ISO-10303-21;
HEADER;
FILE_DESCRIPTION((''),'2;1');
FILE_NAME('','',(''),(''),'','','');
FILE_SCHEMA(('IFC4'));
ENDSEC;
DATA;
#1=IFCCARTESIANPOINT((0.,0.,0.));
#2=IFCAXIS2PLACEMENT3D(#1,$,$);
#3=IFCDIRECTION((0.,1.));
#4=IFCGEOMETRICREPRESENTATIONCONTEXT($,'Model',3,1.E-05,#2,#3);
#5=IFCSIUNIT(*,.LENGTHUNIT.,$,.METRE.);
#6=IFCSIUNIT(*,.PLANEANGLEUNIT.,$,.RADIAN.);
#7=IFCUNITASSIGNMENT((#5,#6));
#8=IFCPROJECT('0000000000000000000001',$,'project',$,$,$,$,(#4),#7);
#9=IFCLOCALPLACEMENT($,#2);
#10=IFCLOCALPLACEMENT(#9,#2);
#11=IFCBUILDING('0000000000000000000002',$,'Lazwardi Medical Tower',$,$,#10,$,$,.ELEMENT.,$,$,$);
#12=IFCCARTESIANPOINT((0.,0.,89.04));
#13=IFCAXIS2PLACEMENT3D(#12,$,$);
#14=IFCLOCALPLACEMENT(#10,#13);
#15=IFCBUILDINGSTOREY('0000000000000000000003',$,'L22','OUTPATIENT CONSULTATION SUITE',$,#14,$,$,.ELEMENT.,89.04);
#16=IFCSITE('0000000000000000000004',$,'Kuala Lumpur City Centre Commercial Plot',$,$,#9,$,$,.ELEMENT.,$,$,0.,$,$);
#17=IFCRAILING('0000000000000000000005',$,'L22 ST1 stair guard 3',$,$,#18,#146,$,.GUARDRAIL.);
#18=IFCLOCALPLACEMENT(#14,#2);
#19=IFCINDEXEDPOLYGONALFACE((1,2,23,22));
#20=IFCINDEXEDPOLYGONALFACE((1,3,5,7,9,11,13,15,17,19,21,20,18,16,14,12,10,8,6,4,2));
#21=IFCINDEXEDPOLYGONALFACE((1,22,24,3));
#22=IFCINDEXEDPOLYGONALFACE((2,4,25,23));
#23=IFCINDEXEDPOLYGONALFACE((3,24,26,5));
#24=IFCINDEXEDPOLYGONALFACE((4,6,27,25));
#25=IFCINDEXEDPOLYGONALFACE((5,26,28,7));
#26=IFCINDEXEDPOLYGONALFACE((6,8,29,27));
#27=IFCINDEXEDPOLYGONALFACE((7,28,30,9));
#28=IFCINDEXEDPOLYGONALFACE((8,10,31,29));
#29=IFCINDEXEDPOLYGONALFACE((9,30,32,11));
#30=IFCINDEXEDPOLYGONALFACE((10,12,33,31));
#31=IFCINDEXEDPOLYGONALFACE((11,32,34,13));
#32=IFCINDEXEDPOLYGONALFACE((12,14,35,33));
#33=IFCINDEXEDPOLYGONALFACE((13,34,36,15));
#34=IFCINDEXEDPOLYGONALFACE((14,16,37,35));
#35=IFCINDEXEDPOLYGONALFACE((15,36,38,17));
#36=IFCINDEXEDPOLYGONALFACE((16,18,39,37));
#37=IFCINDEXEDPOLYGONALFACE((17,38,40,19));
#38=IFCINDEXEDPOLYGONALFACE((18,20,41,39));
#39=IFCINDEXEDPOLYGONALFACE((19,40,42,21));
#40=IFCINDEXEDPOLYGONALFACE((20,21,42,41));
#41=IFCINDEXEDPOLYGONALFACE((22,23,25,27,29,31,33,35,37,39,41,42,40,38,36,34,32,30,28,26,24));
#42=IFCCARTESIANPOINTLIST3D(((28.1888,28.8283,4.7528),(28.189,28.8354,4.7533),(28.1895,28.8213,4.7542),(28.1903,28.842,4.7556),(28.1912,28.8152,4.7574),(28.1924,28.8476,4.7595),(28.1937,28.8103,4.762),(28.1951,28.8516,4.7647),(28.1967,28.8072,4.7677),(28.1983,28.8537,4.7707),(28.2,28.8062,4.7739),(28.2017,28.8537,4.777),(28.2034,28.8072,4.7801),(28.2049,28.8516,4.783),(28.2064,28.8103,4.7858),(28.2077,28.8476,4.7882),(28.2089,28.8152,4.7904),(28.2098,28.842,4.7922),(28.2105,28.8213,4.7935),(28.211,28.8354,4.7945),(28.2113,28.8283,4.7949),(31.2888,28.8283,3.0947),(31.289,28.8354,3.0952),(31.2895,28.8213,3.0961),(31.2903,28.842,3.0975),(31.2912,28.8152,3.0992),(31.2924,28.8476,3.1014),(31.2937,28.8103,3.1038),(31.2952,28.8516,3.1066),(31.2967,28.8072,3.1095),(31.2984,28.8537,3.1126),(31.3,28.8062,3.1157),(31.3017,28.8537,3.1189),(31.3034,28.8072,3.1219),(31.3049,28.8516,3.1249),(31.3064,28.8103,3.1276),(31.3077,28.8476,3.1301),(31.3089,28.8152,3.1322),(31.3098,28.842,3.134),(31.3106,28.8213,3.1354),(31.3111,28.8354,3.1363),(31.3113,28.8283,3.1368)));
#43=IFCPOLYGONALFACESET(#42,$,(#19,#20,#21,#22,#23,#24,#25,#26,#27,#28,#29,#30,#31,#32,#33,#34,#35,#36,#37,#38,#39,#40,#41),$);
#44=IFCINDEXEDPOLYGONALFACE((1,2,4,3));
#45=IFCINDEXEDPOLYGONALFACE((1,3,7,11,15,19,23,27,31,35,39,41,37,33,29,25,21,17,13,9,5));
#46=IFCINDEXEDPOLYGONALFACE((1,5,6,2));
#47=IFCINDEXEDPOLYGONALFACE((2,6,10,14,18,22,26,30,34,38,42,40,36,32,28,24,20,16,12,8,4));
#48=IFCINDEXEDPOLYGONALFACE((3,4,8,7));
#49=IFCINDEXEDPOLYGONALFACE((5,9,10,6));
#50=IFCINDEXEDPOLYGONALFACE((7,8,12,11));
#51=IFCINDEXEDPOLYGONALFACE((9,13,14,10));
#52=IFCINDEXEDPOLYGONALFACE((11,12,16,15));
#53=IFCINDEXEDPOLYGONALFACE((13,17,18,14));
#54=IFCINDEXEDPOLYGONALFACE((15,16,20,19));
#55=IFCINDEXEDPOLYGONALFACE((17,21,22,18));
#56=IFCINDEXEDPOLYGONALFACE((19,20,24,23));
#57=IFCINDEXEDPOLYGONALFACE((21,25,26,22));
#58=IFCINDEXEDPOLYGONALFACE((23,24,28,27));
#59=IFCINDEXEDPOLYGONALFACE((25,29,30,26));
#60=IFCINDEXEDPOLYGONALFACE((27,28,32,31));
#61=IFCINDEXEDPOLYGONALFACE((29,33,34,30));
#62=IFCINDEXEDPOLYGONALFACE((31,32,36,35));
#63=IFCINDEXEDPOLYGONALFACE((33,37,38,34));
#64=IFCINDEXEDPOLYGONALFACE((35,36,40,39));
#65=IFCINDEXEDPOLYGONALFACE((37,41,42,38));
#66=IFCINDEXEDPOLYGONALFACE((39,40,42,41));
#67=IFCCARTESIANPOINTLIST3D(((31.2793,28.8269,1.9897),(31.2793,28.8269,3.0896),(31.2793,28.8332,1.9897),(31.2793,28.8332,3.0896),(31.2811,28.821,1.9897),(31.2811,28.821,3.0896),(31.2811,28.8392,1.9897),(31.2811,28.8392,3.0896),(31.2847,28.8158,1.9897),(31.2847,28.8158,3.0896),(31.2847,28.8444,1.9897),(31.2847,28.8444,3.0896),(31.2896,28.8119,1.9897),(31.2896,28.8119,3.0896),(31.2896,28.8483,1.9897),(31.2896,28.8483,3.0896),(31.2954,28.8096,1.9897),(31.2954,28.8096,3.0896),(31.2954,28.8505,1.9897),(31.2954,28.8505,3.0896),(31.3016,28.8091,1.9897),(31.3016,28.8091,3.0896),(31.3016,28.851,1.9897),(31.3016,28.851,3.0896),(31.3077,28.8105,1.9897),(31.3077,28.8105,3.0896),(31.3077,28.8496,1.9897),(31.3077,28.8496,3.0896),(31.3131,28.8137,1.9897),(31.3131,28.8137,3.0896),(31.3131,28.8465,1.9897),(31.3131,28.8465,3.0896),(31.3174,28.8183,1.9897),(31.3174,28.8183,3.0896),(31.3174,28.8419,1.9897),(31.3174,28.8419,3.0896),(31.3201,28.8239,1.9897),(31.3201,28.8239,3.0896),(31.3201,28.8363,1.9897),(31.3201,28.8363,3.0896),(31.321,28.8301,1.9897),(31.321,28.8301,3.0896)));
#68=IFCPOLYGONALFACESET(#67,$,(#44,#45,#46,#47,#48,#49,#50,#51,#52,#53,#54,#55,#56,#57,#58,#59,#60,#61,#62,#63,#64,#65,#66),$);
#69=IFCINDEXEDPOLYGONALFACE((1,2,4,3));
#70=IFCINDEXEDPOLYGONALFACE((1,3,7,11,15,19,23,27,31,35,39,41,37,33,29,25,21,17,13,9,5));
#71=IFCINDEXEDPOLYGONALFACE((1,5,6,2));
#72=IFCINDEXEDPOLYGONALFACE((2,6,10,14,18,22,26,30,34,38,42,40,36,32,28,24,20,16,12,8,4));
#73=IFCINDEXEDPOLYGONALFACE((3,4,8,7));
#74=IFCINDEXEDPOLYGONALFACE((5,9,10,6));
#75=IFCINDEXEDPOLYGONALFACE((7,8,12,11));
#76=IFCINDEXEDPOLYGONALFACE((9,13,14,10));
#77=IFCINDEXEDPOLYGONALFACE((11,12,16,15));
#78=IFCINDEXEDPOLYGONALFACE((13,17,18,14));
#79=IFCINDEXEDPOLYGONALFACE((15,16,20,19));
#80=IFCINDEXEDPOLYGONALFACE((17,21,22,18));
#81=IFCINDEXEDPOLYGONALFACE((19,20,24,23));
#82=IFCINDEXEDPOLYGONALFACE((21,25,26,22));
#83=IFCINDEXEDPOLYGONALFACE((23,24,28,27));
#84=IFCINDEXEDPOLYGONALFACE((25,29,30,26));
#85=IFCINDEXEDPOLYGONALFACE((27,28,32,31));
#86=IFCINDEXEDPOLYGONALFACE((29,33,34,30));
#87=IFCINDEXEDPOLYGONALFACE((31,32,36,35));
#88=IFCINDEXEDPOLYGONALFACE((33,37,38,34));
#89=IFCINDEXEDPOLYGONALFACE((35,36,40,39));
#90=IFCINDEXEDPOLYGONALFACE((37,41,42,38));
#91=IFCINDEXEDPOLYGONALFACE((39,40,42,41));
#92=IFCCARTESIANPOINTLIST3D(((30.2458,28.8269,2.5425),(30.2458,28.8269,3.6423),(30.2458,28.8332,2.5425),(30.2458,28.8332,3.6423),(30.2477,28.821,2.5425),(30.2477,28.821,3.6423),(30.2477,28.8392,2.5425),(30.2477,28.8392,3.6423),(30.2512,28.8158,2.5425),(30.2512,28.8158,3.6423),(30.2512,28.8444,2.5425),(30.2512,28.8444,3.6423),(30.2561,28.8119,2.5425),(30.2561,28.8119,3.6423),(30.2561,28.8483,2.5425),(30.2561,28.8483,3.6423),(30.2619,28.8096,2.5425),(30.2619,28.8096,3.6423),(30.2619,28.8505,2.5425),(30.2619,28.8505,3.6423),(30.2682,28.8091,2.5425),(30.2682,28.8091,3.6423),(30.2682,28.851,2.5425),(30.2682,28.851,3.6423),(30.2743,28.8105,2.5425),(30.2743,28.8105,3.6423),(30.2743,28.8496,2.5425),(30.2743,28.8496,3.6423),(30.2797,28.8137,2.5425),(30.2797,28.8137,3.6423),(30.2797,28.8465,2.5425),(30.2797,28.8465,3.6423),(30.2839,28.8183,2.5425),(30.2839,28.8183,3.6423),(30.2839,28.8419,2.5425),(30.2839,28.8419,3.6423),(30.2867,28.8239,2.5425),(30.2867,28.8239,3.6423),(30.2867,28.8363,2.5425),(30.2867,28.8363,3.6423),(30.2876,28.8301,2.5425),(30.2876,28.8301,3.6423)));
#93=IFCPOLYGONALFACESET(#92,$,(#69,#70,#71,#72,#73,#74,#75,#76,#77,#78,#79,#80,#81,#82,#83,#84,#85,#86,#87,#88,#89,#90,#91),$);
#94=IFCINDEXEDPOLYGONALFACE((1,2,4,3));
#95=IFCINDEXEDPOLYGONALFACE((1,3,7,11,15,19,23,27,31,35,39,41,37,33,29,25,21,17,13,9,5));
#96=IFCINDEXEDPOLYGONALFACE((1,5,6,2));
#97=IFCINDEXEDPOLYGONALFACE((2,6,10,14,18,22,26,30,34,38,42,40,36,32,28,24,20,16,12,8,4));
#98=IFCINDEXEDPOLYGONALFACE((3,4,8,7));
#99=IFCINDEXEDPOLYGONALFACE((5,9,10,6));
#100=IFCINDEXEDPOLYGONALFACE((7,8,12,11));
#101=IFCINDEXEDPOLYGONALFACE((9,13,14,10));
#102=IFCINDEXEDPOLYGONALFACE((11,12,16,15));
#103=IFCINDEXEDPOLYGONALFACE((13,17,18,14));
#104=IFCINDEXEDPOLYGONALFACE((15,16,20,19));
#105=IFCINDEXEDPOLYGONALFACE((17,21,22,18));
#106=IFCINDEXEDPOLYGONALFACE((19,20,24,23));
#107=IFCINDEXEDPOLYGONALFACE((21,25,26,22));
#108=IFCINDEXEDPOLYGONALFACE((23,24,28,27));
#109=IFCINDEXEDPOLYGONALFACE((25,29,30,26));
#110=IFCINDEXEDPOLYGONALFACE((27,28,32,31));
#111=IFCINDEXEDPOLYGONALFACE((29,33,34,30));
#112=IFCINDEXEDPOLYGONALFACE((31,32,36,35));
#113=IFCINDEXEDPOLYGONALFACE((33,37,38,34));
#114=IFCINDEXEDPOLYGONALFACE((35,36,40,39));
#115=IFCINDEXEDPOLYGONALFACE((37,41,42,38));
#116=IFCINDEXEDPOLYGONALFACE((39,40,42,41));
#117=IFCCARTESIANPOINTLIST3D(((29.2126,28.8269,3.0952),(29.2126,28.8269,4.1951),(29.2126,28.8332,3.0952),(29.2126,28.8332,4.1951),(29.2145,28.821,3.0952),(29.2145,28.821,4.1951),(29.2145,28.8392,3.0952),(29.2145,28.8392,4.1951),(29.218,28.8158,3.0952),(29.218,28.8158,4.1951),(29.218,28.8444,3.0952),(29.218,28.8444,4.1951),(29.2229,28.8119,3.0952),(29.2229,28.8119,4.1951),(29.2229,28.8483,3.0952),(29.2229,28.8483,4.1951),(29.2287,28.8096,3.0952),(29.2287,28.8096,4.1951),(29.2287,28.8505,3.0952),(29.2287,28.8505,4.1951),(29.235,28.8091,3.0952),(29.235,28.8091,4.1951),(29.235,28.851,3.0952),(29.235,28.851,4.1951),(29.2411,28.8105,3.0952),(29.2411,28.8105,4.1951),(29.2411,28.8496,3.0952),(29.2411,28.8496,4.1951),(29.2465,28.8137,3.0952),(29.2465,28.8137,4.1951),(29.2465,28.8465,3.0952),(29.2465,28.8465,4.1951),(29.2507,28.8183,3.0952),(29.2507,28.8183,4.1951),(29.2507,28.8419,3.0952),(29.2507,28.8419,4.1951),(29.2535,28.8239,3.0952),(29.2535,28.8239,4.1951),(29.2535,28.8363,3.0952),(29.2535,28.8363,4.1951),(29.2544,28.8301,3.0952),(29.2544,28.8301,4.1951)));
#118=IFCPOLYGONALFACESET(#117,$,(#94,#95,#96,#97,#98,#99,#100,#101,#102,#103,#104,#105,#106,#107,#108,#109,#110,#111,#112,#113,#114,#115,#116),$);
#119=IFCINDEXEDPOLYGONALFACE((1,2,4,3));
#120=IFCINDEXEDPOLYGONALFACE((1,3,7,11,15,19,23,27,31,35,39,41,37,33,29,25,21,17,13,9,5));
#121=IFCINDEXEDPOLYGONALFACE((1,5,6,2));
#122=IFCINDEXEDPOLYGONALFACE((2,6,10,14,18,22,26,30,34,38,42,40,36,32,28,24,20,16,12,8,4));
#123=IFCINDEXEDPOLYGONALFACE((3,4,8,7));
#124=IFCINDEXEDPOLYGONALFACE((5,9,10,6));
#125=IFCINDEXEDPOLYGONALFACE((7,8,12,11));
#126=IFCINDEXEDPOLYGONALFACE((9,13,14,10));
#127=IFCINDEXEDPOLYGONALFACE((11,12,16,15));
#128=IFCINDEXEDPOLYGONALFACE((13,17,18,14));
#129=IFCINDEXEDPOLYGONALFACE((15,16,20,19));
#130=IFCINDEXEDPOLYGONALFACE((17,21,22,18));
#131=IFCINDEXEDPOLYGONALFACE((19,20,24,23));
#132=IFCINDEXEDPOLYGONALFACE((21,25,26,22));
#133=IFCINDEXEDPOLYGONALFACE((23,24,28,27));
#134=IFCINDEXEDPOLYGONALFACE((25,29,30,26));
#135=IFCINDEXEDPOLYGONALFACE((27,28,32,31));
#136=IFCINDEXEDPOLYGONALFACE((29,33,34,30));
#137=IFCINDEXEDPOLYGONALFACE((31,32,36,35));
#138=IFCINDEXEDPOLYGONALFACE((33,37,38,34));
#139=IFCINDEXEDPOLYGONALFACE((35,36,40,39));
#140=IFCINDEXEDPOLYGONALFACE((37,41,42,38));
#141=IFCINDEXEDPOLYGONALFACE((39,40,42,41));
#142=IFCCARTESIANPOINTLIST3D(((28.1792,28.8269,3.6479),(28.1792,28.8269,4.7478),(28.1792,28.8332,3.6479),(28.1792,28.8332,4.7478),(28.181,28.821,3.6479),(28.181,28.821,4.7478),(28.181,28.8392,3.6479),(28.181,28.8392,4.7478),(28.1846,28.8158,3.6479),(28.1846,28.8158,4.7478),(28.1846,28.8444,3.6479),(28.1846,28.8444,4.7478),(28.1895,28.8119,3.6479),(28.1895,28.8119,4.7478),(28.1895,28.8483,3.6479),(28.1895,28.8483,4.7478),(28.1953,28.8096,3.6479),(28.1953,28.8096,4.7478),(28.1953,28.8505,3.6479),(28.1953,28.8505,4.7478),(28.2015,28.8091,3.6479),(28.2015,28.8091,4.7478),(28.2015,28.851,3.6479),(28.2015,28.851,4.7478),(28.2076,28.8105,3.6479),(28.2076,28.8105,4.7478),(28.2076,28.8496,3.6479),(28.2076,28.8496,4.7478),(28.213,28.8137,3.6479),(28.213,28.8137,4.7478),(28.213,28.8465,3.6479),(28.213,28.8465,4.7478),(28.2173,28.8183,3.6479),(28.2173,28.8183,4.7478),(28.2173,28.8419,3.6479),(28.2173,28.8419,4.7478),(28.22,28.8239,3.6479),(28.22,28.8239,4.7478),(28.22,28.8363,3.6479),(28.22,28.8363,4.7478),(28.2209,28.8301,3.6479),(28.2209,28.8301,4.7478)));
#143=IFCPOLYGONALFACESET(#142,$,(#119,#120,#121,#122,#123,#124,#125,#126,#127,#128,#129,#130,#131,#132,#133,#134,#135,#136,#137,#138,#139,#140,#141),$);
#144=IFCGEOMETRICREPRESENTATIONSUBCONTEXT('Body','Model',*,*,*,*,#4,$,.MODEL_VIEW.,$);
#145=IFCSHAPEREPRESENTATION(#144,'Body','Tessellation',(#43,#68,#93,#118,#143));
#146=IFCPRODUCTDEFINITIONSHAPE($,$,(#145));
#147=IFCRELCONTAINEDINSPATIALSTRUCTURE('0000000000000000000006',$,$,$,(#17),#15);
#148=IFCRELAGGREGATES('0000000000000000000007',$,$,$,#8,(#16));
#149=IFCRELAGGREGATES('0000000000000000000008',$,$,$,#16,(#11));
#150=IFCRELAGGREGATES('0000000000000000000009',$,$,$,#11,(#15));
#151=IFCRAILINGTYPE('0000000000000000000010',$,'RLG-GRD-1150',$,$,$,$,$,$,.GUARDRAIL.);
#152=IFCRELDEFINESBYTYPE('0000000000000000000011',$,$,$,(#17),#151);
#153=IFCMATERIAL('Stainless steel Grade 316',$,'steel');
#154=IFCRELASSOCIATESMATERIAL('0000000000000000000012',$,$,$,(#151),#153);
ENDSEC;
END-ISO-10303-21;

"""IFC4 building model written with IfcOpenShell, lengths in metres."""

from ifc_helpers import new_model, si_unit, direction, frame, origin, origin_2d, place, context, subcontext, project, spatial, circle, extrude, material, type_object, element, save


model = new_model("IFC4")

# Units and contexts
model_context = context("Model", 3, precision=1e-05, world=origin(), true_north=direction((0.0, 1.0)))
body_context = subcontext(model_context, "Body", "Model", "MODEL_VIEW")
ifc_project = project(units=[si_unit("LENGTHUNIT", "METRE"), si_unit("PLANEANGLEUNIT", "RADIAN")], contexts=[model_context])

# Site, building, storey
site_placement = place(None, origin())
site = spatial("IfcSite", under=ifc_project, at=site_placement, Name="Kuala Lumpur City Centre Commercial Plot", CompositionType="ELEMENT", RefElevation=0.0)
building_placement = place(site_placement, origin())
building = spatial("IfcBuilding", under=site, at=building_placement, Name="Lazwardi Medical Tower", CompositionType="ELEMENT")
storey_placement = place(building_placement, frame((0.0, 0.0, 89.04)))
storey = spatial("IfcBuildingStorey", under=building, at=storey_placement, Name="L22", Description="OUTPATIENT CONSULTATION SUITE", CompositionType="ELEMENT", Elevation=89.04)

# Railing
ifc_material_1 = material(Name="Stainless steel Grade 316", Category="steel")
railing_type_1 = type_object("IfcRailingType", Name="RLG-GRD-1150", PredefinedType="GUARDRAIL", material=ifc_material_1)
railing_1_placement = place(storey_placement, frame((31.3, 28.8301, 1.9897)))
element("IfcRailing", 1, at=railing_1_placement, inside=storey, type_object=railing_type_1, Name="L22 ST1 stair guard 3", PredefinedType="GUARDRAIL", context=body_context, shape_type="SweptSolid", body=[
    extrude(circle(Radius=0.0239, at=origin_2d()), frame((0.0, 0.0, 1.126), z_axis=(-0.881783, 0.0, 0.471655), x_axis=(0.0, -1.0, 0.0)), (0.0, 0.0, 1.0), 3.5156),
    extrude(circle(Radius=0.021, at=origin_2d()), origin(), (0.0, 0.0, 1.0), 1.0999),
    extrude(circle(Radius=0.021, at=origin_2d()), frame((-1.0334, 0.0, 0.5527)), (0.0, 0.0, 1.0), 1.0999),
    extrude(circle(Radius=0.021, at=origin_2d()), frame((-2.0667, 0.0, 1.1055)), (0.0, 0.0, 1.0), 1.0999),
    extrude(circle(Radius=0.021, at=origin_2d()), frame((-3.1001, 0.0, 1.6582)), (0.0, 0.0, 1.0), 1.0999),
])

save(model, "model.ifc")
